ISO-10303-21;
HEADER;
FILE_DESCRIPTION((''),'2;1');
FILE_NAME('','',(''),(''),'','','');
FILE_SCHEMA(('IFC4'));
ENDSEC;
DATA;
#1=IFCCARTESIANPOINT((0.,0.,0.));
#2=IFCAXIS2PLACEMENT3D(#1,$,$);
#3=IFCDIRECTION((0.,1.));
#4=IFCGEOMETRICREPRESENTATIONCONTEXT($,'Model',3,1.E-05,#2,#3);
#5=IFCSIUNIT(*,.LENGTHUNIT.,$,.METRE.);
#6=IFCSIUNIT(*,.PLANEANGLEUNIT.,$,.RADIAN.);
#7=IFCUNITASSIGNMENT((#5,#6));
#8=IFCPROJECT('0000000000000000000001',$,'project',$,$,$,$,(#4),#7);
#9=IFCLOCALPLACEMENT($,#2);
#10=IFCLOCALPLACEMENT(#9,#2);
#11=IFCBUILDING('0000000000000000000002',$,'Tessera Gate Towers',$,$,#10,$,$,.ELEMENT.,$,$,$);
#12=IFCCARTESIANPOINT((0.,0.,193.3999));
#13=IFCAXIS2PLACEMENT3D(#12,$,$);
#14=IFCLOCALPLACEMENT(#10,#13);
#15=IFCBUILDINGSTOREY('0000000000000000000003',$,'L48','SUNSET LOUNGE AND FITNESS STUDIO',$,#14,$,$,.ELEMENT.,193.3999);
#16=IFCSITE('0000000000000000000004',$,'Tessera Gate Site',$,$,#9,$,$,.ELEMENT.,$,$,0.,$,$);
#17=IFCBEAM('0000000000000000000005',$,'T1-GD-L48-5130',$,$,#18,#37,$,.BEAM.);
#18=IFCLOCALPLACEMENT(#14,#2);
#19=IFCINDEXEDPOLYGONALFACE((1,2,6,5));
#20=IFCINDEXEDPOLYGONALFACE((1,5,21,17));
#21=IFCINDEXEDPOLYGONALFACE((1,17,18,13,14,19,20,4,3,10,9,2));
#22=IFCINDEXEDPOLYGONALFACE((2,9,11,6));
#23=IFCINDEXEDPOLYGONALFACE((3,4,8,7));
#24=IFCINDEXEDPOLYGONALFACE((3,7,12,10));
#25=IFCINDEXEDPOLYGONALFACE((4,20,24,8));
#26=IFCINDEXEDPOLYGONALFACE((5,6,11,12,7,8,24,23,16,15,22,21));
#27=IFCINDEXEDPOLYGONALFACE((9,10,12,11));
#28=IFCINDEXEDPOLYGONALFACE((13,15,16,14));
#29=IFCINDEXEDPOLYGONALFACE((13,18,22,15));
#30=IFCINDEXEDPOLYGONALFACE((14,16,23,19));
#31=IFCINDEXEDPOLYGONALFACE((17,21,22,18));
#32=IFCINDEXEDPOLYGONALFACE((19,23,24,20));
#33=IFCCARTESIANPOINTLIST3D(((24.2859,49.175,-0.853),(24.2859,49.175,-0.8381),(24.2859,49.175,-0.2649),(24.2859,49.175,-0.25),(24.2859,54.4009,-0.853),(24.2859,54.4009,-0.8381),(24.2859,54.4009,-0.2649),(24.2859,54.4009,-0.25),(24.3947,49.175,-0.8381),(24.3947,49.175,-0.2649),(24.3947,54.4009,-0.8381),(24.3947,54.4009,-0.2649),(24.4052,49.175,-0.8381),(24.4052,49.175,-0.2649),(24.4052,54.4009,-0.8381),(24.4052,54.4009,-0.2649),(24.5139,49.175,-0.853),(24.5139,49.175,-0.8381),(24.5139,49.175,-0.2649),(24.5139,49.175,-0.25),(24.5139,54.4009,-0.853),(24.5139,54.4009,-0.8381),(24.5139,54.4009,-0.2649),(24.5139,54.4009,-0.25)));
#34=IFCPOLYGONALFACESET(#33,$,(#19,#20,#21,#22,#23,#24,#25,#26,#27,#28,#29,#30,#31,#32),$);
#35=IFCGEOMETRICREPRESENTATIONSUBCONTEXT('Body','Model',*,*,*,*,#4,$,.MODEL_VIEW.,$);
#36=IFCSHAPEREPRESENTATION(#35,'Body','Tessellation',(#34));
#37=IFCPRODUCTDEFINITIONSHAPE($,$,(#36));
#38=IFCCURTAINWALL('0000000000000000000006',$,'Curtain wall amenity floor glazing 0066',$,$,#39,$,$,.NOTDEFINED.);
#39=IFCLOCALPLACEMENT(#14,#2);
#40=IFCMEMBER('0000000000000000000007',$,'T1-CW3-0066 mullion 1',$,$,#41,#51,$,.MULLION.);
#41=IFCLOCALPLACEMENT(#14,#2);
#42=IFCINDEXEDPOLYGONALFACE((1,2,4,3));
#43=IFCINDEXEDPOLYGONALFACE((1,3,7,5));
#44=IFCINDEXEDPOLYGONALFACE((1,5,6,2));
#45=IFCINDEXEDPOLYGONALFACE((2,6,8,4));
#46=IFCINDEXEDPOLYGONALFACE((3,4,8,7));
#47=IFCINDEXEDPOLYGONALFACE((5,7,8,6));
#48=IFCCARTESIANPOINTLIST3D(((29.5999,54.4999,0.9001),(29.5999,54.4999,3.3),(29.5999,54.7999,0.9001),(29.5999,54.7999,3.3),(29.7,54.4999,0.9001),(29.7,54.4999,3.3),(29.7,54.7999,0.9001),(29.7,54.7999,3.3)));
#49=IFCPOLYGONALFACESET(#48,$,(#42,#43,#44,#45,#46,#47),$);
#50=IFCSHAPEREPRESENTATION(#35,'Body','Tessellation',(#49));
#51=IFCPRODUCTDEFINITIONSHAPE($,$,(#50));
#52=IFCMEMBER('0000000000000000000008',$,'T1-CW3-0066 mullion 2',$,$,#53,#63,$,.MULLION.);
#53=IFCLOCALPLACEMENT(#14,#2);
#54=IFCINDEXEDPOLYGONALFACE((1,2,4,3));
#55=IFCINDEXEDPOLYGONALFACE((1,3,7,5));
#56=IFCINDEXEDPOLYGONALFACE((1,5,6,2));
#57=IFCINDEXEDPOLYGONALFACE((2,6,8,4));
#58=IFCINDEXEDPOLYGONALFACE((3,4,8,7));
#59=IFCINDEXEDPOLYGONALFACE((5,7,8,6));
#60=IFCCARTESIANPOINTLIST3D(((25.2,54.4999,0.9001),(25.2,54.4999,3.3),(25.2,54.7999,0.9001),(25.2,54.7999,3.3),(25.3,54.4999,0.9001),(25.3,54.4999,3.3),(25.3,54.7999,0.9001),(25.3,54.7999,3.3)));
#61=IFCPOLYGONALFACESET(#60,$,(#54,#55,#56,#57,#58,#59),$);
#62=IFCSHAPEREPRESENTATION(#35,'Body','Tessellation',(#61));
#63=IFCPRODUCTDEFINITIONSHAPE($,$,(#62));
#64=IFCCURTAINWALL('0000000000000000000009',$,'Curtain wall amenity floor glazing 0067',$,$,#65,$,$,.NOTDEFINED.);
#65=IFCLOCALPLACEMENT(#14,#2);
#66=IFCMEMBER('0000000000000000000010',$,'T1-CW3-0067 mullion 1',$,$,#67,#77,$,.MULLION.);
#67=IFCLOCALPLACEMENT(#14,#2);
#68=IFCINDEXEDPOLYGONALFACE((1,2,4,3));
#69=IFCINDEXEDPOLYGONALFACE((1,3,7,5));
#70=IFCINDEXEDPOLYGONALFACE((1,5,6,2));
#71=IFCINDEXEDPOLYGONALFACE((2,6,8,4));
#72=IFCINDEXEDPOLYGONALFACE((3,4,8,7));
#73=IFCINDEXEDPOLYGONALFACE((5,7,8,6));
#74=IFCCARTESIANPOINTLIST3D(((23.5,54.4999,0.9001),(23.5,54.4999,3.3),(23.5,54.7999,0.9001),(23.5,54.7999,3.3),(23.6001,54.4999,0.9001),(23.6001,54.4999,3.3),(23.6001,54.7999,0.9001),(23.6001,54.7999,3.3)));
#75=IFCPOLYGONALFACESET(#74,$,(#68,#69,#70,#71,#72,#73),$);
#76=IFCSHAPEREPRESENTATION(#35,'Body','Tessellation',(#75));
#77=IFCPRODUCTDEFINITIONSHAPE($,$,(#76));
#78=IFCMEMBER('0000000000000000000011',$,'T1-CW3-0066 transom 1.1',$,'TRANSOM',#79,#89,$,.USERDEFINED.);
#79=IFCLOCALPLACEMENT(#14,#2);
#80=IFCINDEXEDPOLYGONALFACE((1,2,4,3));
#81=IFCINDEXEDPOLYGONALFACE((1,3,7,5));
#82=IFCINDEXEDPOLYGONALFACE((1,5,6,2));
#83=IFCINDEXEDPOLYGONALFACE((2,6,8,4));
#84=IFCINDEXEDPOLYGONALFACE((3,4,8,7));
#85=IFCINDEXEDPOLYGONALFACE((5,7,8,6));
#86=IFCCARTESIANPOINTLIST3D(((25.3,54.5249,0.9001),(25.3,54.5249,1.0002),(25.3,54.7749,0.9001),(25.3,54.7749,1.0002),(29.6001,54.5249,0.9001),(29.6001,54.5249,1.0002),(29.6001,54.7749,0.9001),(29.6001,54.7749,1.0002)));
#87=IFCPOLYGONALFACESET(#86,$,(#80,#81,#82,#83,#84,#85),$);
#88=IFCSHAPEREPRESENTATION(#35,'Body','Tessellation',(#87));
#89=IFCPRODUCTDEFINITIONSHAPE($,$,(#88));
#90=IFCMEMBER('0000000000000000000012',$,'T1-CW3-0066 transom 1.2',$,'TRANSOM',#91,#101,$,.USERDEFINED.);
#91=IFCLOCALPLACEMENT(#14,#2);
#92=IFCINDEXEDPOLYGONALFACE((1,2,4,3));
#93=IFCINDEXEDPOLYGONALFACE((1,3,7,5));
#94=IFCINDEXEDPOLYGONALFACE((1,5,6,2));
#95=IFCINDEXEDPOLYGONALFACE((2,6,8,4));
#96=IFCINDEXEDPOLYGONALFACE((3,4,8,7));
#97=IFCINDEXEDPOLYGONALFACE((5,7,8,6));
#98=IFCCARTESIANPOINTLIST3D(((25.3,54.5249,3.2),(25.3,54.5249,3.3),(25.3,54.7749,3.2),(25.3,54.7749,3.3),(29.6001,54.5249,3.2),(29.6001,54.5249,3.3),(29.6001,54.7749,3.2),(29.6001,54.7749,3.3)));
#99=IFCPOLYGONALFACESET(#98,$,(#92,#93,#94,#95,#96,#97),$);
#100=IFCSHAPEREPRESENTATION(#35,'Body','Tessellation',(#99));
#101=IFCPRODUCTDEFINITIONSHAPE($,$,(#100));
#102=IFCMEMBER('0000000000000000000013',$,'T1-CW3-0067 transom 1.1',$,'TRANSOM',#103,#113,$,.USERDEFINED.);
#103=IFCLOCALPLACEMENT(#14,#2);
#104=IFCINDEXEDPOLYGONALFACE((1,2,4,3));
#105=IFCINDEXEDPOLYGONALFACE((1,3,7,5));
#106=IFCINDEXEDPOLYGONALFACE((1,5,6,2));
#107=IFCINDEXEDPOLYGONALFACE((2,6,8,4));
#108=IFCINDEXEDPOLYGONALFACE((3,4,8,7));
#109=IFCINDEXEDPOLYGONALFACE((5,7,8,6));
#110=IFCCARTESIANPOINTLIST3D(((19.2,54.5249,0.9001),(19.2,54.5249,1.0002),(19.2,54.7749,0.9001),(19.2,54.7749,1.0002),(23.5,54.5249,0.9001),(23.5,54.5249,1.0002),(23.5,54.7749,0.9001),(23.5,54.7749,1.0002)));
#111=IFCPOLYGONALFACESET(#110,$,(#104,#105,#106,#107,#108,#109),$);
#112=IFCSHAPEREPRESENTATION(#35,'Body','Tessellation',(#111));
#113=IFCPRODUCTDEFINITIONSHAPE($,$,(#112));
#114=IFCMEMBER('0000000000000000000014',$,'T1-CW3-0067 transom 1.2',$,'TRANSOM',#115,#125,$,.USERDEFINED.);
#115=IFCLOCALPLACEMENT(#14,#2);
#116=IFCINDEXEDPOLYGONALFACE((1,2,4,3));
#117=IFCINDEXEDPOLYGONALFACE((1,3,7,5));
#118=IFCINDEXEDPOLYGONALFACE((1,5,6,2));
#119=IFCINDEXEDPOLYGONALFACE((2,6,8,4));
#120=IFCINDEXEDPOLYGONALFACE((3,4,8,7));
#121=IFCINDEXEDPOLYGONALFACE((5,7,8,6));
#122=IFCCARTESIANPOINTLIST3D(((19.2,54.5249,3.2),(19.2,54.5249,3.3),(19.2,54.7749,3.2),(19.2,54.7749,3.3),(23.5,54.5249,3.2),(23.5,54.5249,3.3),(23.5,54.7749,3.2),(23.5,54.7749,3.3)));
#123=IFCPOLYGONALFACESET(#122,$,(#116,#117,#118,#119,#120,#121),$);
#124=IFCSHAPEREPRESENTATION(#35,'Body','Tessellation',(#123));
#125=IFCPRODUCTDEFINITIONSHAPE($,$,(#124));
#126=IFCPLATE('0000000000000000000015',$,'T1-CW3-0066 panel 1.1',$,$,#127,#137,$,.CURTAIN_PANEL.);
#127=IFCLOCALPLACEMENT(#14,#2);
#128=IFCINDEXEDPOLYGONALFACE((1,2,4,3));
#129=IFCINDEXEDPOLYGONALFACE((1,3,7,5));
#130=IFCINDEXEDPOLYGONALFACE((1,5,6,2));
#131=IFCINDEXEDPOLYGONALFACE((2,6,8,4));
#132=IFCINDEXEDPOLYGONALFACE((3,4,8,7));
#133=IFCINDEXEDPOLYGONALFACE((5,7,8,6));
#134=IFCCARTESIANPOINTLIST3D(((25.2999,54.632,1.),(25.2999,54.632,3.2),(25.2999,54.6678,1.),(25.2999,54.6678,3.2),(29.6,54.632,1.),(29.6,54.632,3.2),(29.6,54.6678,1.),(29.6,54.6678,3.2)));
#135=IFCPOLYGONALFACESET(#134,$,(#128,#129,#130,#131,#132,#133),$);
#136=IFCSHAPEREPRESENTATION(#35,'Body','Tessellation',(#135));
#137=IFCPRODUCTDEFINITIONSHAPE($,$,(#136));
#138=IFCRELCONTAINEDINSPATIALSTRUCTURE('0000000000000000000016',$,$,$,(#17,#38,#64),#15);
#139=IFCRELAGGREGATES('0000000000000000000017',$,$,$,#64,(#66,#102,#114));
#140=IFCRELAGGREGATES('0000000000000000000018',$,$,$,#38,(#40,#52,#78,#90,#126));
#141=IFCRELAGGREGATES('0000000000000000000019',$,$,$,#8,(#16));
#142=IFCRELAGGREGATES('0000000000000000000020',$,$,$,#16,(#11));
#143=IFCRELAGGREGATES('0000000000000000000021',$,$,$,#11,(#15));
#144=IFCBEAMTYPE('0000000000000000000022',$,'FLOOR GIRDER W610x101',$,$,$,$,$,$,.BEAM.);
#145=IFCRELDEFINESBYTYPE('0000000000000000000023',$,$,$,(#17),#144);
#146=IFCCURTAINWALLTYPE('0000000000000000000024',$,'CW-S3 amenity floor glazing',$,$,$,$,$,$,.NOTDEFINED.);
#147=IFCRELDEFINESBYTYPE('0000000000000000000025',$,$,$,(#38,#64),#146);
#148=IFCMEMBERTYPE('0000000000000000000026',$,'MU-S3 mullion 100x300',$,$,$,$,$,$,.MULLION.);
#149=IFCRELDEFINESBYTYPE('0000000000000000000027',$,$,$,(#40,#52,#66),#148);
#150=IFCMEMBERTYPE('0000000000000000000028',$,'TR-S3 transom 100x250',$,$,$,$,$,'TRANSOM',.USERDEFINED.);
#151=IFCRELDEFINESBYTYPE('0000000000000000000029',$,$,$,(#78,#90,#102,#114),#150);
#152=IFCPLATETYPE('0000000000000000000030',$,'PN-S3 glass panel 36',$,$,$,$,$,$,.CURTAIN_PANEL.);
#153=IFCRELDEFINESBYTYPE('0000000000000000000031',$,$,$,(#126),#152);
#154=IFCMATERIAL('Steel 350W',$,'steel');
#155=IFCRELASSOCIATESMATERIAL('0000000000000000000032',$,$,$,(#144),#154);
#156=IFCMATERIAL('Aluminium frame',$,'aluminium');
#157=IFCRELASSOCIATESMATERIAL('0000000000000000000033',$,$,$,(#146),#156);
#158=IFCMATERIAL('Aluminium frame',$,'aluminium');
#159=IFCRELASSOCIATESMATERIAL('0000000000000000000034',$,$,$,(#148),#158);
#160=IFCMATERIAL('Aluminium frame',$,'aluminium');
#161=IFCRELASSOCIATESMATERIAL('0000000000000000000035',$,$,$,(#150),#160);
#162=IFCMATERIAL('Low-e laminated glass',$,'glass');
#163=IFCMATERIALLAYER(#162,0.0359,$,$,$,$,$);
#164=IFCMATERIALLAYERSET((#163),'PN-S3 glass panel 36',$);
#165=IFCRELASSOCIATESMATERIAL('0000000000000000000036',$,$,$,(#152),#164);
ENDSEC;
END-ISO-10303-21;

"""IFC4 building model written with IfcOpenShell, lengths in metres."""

from ifc_helpers import new_model, si_unit, direction, frame, origin, origin_2d, place, context, subcontext, project, spatial, rectangle, i_section, extrude, material, layer, layer_set, material_profile, profile_set, type_object, element, aggregate, save


model = new_model("IFC4")

# Units and contexts
model_context = context("Model", 3, precision=1e-05, world=origin(), true_north=direction((0.0, 1.0)))
body_context = subcontext(model_context, "Body", "Model", "MODEL_VIEW")
ifc_project = project(units=[si_unit("LENGTHUNIT", "METRE"), si_unit("PLANEANGLEUNIT", "RADIAN")], contexts=[model_context])

# Site, building, storey
site_placement = place(None, origin())
site = spatial("IfcSite", under=ifc_project, at=site_placement, Name="Tessera Gate Site", CompositionType="ELEMENT", RefElevation=0.0)
building_placement = place(site_placement, origin())
building = spatial("IfcBuilding", under=site, at=building_placement, Name="Tessera Gate Towers", CompositionType="ELEMENT")
storey_placement = place(building_placement, frame((0.0, 0.0, 193.3999)))
storey = spatial("IfcBuildingStorey", under=building, at=storey_placement, Name="L48", Description="SUNSET LOUNGE AND FITNESS STUDIO", CompositionType="ELEMENT", Elevation=193.3999)

# Beam
ifc_material_1 = material(Name="Steel 350W", Category="steel")
ifc_material_profile_1 = material_profile(ifc_material_1, i_section(OverallWidth=0.228, OverallDepth=0.603, WebThickness=0.0105, FlangeThickness=0.0149, at=origin_2d()), Name="W610x101")
ifc_profile_set_1 = profile_set([ifc_material_profile_1], Name="Steel 350W")
beam_type = type_object("IfcBeamType", Name="FLOOR GIRDER W610x101", PredefinedType="BEAM", material=ifc_profile_set_1)
beam_placement = place(storey_placement, frame((24.3999, 49.175, -0.5515), z_axis=(0.0, 1.0, 0.0), x_axis=(-1.0, 0.0, 0.0)))
element("IfcBeam", 1, at=beam_placement, inside=storey, type_object=beam_type, Name="T1-GD-L48-5130", PredefinedType="BEAM", context=body_context, shape_type="SweptSolid", body=[
    extrude(i_section(OverallWidth=0.228, OverallDepth=0.603, WebThickness=0.0105, FlangeThickness=0.0149, at=origin_2d()), origin(), (0.0, 0.0, 1.0), 5.2258),
])

# Curtain wall, members
ifc_material_2 = material(Name="Aluminium frame", Category="aluminium")
curtain_wall_type = type_object("IfcCurtainWallType", Name="CW-S3 amenity floor glazing", PredefinedType="NOTDEFINED", material=ifc_material_2)
curtain_wall_1_placement = place(storey_placement, origin())
curtain_wall_1 = element("IfcCurtainWall", 2, at=curtain_wall_1_placement, inside=storey, type_object=curtain_wall_type, Name="Curtain wall amenity floor glazing 0066", PredefinedType="NOTDEFINED")
ifc_material_3 = material(Name="Aluminium frame", Category="aluminium")
ifc_material_profile_2 = material_profile(ifc_material_3, rectangle(XDim=0.1001, YDim=0.3, at=origin_2d()), Name="AL 100x300")
ifc_profile_set_2 = profile_set([ifc_material_profile_2], Name="Aluminium frame")
member_type_1 = type_object("IfcMemberType", Name="MU-S3 mullion 100x300", PredefinedType="MULLION", material=ifc_profile_set_2)
member_1_placement = place(storey_placement, frame((29.6499, 54.6499, 0.9001), z_axis=(0.0, 0.0, 1.0), x_axis=(-1.0, 0.0, 0.0)))
member_1 = element("IfcMember", 3, at=member_1_placement, type_object=member_type_1, Name="T1-CW3-0066 mullion 1", PredefinedType="MULLION", context=body_context, shape_type="SweptSolid", body=[
    extrude(rectangle(XDim=0.1001, YDim=0.3, at=origin_2d()), origin(), (0.0, 0.0, 1.0), 2.3999),
])
member_2_placement = place(storey_placement, frame((25.25, 54.6499, 0.9001), z_axis=(0.0, 0.0, 1.0), x_axis=(-1.0, 0.0, 0.0)))
member_2 = element("IfcMember", 4, at=member_2_placement, type_object=member_type_1, Name="T1-CW3-0066 mullion 2", PredefinedType="MULLION", context=body_context, shape_type="SweptSolid", body=[
    extrude(rectangle(XDim=0.1001, YDim=0.3, at=origin_2d()), origin(), (0.0, 0.0, 1.0), 2.3999),
])

# Curtain wall, member
curtain_wall_2_placement = place(storey_placement, origin())
curtain_wall_2 = element("IfcCurtainWall", 5, at=curtain_wall_2_placement, inside=storey, type_object=curtain_wall_type, Name="Curtain wall amenity floor glazing 0067", PredefinedType="NOTDEFINED")
member_3_placement = place(storey_placement, frame((23.55, 54.6499, 0.9001), z_axis=(0.0, 0.0, 1.0), x_axis=(-1.0, 0.0, 0.0)))
member_3 = element("IfcMember", 6, at=member_3_placement, type_object=member_type_1, Name="T1-CW3-0067 mullion 1", PredefinedType="MULLION", context=body_context, shape_type="SweptSolid", body=[
    extrude(rectangle(XDim=0.1001, YDim=0.3, at=origin_2d()), origin(), (0.0, 0.0, 1.0), 2.3999),
])

# Members
ifc_material_4 = material(Name="Aluminium frame", Category="aluminium")
ifc_material_profile_3 = material_profile(ifc_material_4, rectangle(XDim=0.25, YDim=0.1001, at=origin_2d()), Name="AL 100x250")
ifc_profile_set_3 = profile_set([ifc_material_profile_3], Name="Aluminium frame")
member_type_2 = type_object("IfcMemberType", Name="TR-S3 transom 100x250", ElementType="TRANSOM", PredefinedType="USERDEFINED", material=ifc_profile_set_3)
member_4_placement = place(storey_placement, frame((29.6001, 54.6499, 0.9502), z_axis=(-1.0, 0.0, 0.0), x_axis=(0.0, -1.0, 0.0)))
member_4 = element("IfcMember", 7, at=member_4_placement, type_object=member_type_2, Name="T1-CW3-0066 transom 1.1", ObjectType="TRANSOM", PredefinedType="USERDEFINED", context=body_context, shape_type="SweptSolid", body=[
    extrude(rectangle(XDim=0.25, YDim=0.1001, at=origin_2d()), origin(), (0.0, 0.0, 1.0), 4.3),
])
member_5_placement = place(storey_placement, frame((29.6001, 54.6499, 3.25), z_axis=(-1.0, 0.0, 0.0), x_axis=(0.0, -1.0, 0.0)))
member_5 = element("IfcMember", 8, at=member_5_placement, type_object=member_type_2, Name="T1-CW3-0066 transom 1.2", ObjectType="TRANSOM", PredefinedType="USERDEFINED", context=body_context, shape_type="SweptSolid", body=[
    extrude(rectangle(XDim=0.25, YDim=0.1001, at=origin_2d()), origin(), (0.0, 0.0, 1.0), 4.3),
])
member_6_placement = place(storey_placement, frame((23.5, 54.6499, 0.9502), z_axis=(-1.0, 0.0, 0.0), x_axis=(0.0, -1.0, 0.0)))
member_6 = element("IfcMember", 9, at=member_6_placement, type_object=member_type_2, Name="T1-CW3-0067 transom 1.1", ObjectType="TRANSOM", PredefinedType="USERDEFINED", context=body_context, shape_type="SweptSolid", body=[
    extrude(rectangle(XDim=0.25, YDim=0.1001, at=origin_2d()), origin(), (0.0, 0.0, 1.0), 4.3),
])
member_7_placement = place(storey_placement, frame((23.5, 54.6499, 3.25), z_axis=(-1.0, 0.0, 0.0), x_axis=(0.0, -1.0, 0.0)))
member_7 = element("IfcMember", 10, at=member_7_placement, type_object=member_type_2, Name="T1-CW3-0067 transom 1.2", ObjectType="TRANSOM", PredefinedType="USERDEFINED", context=body_context, shape_type="SweptSolid", body=[
    extrude(rectangle(XDim=0.25, YDim=0.1001, at=origin_2d()), origin(), (0.0, 0.0, 1.0), 4.3),
])
aggregate(curtain_wall_2, [member_3, member_6, member_7])

# Plate
ifc_material_5 = material(Name="Low-e laminated glass", Category="glass")
ifc_layer_1 = layer(ifc_material_5, 0.0359)
ifc_layer_set_1 = layer_set([ifc_layer_1], Name="PN-S3 glass panel 36")
plate_type = type_object("IfcPlateType", Name="PN-S3 glass panel 36", PredefinedType="CURTAIN_PANEL", material=ifc_layer_set_1)
plate_placement = place(storey_placement, frame((27.45, 54.6499, 1.0), z_axis=(0.0, 0.0, 1.0), x_axis=(-1.0, 0.0, 0.0)))
plate = element("IfcPlate", 11, at=plate_placement, type_object=plate_type, Name="T1-CW3-0066 panel 1.1", PredefinedType="CURTAIN_PANEL", context=body_context, shape_type="SweptSolid", body=[
    extrude(rectangle(XDim=4.3, YDim=0.0359, at=origin_2d()), origin(), (0.0, 0.0, 1.0), 2.2),
])
aggregate(curtain_wall_1, [member_1, member_2, member_4, member_5, plate])

save(model, "model.ifc")
